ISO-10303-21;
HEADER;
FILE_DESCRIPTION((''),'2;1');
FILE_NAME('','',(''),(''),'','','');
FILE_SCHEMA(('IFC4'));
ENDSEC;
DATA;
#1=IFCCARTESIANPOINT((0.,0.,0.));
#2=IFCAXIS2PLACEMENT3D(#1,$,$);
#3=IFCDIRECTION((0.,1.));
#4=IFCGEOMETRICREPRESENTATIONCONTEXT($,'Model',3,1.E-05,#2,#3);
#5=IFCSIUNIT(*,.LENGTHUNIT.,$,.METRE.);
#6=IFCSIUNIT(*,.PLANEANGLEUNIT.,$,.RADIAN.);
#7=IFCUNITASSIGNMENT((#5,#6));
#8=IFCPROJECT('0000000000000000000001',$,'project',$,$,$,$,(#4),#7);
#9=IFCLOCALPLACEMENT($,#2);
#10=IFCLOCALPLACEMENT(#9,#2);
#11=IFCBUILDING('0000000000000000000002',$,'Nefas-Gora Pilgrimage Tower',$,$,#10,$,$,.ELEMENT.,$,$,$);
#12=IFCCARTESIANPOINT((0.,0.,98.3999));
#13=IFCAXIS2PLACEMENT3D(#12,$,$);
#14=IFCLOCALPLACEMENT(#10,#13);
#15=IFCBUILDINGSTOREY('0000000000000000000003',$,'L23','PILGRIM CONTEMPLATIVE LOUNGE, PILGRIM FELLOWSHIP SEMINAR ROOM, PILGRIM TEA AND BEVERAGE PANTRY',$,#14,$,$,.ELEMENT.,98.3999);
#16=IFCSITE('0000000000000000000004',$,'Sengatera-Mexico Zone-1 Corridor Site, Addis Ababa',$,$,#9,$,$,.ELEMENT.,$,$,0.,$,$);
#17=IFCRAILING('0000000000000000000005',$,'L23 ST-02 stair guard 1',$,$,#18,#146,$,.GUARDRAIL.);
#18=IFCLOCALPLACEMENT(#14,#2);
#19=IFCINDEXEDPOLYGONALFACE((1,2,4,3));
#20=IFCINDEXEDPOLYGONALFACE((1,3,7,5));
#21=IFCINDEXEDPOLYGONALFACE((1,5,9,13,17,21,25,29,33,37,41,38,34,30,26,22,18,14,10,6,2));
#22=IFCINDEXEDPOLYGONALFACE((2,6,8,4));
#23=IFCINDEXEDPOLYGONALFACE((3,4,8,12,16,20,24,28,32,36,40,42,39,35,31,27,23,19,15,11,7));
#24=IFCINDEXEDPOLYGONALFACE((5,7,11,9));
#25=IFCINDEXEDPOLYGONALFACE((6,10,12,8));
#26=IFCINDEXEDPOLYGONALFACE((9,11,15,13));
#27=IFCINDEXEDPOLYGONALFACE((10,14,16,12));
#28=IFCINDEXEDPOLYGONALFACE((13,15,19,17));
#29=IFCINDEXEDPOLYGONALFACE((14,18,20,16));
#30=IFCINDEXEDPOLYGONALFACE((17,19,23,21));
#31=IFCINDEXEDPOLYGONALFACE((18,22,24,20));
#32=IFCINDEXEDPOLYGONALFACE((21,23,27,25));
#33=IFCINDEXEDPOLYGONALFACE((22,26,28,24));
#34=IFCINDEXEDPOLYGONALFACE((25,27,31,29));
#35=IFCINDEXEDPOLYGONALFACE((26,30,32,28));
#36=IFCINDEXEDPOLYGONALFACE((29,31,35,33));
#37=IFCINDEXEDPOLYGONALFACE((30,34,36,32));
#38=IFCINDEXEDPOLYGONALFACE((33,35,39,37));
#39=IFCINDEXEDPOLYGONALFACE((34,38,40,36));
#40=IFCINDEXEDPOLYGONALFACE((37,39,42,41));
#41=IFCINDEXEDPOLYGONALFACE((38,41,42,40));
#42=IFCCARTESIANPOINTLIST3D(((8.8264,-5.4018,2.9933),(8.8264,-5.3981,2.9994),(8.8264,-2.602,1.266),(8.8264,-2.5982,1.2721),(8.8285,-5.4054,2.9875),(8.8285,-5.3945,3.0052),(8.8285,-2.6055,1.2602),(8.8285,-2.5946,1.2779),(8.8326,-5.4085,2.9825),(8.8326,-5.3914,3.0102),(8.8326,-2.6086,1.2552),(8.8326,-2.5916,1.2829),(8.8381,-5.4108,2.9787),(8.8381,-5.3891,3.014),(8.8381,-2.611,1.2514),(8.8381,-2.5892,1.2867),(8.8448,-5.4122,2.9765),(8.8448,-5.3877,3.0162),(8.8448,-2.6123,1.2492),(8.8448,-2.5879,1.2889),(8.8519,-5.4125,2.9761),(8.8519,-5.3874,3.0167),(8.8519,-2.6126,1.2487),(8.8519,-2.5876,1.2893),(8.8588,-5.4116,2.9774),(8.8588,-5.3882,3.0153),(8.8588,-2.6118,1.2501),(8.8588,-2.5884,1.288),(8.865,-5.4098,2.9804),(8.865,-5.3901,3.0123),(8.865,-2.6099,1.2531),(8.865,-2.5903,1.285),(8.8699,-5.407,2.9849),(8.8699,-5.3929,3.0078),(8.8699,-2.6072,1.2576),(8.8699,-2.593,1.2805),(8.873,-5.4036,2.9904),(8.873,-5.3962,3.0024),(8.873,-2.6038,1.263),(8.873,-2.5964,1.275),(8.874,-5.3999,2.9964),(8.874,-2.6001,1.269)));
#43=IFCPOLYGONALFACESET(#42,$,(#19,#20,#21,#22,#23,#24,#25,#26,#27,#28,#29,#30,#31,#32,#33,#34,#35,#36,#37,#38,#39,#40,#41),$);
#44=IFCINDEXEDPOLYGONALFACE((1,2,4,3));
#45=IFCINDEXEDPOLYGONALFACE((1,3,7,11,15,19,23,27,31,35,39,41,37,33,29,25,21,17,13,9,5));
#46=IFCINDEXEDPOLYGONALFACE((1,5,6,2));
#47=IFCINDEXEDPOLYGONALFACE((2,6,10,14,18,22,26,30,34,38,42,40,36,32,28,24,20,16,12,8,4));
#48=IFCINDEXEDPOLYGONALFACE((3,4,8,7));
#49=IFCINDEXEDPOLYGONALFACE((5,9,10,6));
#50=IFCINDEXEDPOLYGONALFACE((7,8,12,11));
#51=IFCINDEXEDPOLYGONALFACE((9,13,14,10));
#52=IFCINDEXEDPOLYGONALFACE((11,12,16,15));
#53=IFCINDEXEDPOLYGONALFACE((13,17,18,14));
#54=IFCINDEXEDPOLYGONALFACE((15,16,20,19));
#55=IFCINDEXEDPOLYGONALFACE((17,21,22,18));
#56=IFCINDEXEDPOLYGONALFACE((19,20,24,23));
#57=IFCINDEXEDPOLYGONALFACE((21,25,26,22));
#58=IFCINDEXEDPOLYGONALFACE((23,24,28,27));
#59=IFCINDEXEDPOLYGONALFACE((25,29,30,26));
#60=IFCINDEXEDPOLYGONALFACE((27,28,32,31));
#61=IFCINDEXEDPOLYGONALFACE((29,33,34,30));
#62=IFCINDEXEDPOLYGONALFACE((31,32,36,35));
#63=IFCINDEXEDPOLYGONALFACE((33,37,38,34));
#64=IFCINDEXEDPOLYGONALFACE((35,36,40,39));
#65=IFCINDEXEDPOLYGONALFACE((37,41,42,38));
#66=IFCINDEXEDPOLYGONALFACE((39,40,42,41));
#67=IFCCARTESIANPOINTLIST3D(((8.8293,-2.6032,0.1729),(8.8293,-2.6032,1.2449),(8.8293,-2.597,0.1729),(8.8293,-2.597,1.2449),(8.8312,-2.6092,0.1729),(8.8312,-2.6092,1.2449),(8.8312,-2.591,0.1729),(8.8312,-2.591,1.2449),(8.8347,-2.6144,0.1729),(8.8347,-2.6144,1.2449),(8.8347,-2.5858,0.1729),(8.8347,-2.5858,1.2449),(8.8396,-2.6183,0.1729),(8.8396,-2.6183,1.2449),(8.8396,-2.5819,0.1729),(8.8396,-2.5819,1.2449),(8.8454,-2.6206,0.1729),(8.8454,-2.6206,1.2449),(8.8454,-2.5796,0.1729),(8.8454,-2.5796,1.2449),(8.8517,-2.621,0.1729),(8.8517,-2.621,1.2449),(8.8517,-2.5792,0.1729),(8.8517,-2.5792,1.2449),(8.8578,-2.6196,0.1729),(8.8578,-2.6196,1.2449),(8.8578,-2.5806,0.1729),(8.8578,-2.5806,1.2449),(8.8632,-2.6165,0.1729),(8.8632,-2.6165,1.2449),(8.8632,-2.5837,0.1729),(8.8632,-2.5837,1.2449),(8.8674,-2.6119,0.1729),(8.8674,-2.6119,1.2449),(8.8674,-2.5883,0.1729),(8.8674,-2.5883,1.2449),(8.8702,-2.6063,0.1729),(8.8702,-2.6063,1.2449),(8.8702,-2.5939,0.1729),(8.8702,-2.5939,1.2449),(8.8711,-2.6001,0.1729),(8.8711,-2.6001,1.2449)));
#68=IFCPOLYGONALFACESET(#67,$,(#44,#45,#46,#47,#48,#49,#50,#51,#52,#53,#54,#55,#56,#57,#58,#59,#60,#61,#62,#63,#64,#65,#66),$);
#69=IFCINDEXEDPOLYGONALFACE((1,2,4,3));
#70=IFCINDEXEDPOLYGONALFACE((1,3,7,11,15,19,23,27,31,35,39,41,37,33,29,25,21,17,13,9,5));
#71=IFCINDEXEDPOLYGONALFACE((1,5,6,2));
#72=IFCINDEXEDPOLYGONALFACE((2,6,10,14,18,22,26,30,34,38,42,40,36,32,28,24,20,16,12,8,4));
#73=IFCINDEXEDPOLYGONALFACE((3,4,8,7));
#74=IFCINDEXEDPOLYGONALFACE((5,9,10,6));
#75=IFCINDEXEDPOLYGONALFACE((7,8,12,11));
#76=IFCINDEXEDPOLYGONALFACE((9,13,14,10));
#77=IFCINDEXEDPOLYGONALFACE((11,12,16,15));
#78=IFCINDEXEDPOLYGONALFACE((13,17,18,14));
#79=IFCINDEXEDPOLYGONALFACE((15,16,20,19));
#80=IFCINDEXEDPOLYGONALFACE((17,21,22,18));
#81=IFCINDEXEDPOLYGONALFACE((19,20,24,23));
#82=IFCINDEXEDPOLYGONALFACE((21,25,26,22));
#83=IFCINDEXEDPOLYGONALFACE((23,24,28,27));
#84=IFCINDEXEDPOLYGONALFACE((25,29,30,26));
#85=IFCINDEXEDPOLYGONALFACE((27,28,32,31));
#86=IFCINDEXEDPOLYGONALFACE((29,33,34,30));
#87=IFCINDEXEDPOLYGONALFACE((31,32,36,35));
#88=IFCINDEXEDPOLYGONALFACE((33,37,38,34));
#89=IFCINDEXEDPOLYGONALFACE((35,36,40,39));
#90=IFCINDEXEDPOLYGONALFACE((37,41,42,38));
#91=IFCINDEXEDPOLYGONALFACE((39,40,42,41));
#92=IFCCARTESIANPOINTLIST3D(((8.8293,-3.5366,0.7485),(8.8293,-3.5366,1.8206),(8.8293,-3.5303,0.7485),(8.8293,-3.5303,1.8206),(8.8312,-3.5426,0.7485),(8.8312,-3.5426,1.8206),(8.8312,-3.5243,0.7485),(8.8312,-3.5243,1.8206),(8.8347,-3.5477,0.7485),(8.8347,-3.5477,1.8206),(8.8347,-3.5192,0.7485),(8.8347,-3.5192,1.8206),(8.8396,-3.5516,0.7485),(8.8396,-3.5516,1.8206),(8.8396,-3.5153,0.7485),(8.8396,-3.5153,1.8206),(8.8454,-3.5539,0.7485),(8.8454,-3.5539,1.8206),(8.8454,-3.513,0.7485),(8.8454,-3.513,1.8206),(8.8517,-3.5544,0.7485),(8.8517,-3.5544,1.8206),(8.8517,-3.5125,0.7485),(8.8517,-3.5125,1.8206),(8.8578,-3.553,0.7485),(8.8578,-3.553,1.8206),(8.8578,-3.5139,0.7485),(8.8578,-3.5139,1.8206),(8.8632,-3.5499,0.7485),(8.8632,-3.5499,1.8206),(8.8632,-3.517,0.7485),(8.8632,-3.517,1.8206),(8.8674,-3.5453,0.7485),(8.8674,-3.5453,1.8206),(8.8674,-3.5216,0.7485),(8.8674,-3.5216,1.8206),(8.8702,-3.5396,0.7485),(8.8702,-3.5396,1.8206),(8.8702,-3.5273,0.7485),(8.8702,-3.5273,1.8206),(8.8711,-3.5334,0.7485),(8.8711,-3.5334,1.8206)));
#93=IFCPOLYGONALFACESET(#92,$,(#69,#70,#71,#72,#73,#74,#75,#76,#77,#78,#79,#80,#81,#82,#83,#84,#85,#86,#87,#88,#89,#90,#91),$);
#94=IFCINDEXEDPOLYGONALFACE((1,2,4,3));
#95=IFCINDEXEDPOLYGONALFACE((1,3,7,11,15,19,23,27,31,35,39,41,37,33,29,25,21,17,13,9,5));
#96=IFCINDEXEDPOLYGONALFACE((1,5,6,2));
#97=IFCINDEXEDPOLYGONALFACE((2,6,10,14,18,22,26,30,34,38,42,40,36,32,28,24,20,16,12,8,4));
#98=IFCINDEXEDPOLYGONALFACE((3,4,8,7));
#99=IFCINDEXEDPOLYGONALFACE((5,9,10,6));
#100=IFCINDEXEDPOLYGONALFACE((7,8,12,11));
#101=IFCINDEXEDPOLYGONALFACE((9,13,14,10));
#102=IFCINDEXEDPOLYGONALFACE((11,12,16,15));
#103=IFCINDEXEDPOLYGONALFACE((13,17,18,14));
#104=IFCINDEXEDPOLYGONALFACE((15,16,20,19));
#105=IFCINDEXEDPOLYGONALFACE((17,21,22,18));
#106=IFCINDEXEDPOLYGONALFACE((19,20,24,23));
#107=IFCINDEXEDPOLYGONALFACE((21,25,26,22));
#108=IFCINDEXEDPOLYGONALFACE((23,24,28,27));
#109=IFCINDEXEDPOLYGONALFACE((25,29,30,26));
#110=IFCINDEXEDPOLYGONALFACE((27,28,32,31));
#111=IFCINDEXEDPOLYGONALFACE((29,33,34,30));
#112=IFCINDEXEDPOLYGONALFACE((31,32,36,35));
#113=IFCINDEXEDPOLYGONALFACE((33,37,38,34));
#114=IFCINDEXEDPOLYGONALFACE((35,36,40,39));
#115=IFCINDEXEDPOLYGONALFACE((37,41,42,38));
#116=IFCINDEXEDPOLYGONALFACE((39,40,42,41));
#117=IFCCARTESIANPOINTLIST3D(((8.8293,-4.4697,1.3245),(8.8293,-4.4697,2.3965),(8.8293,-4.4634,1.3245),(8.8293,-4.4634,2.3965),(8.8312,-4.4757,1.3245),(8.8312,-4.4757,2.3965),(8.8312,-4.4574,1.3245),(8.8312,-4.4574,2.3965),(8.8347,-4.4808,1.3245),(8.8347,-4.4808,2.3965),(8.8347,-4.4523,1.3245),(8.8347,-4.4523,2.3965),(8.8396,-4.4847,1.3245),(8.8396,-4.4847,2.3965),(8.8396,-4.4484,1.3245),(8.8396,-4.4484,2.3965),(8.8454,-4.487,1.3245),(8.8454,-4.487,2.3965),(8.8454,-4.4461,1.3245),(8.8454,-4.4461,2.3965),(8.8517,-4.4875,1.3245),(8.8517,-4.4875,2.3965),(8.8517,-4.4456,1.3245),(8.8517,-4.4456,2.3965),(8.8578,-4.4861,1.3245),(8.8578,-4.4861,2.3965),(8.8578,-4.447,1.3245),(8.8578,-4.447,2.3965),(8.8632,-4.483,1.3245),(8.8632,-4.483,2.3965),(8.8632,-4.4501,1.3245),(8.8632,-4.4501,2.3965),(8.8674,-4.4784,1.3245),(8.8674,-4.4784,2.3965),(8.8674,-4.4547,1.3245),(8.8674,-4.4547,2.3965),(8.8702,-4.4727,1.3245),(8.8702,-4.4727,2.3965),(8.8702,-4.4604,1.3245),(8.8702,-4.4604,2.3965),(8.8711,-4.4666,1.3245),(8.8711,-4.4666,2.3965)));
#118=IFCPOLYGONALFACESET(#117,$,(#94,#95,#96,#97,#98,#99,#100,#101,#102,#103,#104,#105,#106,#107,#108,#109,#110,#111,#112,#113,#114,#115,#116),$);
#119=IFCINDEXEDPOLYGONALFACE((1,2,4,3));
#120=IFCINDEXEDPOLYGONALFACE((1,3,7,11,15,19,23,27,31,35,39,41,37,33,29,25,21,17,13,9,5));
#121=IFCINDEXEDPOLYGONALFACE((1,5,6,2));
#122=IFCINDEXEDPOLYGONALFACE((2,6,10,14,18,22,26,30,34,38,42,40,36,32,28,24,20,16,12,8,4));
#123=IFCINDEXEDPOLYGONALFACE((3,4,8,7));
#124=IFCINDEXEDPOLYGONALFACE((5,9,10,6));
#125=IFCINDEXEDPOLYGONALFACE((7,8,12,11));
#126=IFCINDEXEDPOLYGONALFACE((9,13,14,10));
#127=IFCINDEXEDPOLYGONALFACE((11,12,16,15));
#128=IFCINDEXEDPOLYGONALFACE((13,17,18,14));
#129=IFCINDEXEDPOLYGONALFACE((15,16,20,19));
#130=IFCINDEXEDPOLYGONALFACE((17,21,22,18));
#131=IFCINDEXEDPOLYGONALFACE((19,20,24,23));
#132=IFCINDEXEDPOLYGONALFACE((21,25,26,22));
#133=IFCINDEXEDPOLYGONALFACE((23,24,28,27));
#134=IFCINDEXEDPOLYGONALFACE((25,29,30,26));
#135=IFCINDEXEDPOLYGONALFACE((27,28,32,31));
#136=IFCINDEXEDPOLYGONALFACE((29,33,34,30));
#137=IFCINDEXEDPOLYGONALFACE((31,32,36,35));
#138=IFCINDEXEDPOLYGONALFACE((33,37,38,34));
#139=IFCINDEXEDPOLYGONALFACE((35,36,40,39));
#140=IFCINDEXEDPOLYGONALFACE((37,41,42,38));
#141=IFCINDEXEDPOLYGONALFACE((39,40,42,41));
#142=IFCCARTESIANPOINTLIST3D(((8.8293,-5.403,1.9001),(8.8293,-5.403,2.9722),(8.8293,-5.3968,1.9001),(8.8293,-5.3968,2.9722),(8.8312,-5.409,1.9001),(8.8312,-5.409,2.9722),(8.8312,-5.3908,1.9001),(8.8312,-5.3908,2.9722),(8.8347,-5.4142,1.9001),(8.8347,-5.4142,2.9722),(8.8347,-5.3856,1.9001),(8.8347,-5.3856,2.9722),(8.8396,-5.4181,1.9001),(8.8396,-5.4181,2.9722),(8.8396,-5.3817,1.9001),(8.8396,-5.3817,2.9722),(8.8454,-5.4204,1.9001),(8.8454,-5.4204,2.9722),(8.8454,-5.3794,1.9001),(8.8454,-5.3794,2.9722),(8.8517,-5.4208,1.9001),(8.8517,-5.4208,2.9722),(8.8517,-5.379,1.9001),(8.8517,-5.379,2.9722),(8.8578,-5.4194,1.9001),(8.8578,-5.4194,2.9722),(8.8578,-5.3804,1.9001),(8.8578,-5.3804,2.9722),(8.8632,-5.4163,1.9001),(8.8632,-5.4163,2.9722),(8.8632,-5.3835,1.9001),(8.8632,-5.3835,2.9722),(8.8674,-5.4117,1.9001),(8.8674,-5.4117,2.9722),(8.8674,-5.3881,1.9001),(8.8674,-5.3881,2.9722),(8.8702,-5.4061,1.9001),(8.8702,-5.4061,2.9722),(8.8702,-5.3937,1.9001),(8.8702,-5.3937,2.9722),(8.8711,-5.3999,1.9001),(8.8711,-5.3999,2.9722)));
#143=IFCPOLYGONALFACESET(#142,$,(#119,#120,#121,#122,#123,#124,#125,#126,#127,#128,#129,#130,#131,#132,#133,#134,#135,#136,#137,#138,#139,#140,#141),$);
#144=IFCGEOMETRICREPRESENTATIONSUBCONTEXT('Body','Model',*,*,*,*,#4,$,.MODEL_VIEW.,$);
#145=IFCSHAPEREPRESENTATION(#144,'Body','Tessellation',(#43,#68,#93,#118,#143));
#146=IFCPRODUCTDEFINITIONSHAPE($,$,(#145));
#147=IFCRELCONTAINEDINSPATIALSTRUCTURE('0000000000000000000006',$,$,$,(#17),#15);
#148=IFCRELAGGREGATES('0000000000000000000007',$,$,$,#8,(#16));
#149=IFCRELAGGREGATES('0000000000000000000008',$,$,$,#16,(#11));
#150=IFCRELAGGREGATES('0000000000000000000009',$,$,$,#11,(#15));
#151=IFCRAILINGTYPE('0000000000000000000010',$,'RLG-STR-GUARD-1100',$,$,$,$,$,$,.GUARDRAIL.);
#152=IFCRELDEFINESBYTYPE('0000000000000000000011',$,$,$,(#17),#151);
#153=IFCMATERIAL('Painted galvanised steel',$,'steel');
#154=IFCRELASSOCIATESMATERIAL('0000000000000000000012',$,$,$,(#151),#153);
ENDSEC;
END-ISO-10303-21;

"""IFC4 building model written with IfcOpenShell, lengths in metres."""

from ifc_helpers import new_model, si_unit, direction, frame, origin, origin_2d, place, context, subcontext, project, spatial, circle, extrude, material, type_object, element, save


model = new_model("IFC4")

# Units and contexts
model_context = context("Model", 3, precision=1e-05, world=origin(), true_north=direction((0.0, 1.0)))
body_context = subcontext(model_context, "Body", "Model", "MODEL_VIEW")
ifc_project = project(units=[si_unit("LENGTHUNIT", "METRE"), si_unit("PLANEANGLEUNIT", "RADIAN")], contexts=[model_context])

# Site, building, storey
site_placement = place(None, origin())
site = spatial("IfcSite", under=ifc_project, at=site_placement, Name="Sengatera-Mexico Zone-1 Corridor Site, Addis Ababa", CompositionType="ELEMENT", RefElevation=0.0)
building_placement = place(site_placement, origin())
building = spatial("IfcBuilding", under=site, at=building_placement, Name="Nefas-Gora Pilgrimage Tower", CompositionType="ELEMENT")
storey_placement = place(building_placement, frame((0.0, 0.0, 98.3999)))
storey = spatial("IfcBuildingStorey", under=building, at=storey_placement, Name="L23", Description="PILGRIM CONTEMPLATIVE LOUNGE, PILGRIM FELLOWSHIP SEMINAR ROOM, PILGRIM TEA AND BEVERAGE PANTRY", CompositionType="ELEMENT", Elevation=98.3999)

# Railing
ifc_material_1 = material(Name="Painted galvanised steel", Category="steel")
railing_type_1 = type_object("IfcRailingType", Name="RLG-STR-GUARD-1100", PredefinedType="GUARDRAIL", material=ifc_material_1)
railing_1_placement = place(storey_placement, frame((8.8501, -2.6001, 0.1729)))
element("IfcRailing", 1, at=railing_1_placement, inside=storey, type_object=railing_type_1, Name="L23 ST-02 stair guard 1", PredefinedType="GUARDRAIL", context=body_context, shape_type="SweptSolid", body=[
    extrude(circle(Radius=0.0239, at=origin_2d()), frame((0.0, 0.0, 1.0962), z_axis=(0.0, -0.851069, 0.525054), x_axis=(1.0, 0.0, 0.0)), (0.0, 0.0, 1.0), 3.2898),
    extrude(circle(Radius=0.021, at=origin_2d()), origin(), (0.0, 0.0, 1.0), 1.072),
    extrude(circle(Radius=0.021, at=origin_2d()), frame((0.0, -0.9333, 0.5757)), (0.0, 0.0, 1.0), 1.072),
    extrude(circle(Radius=0.021, at=origin_2d()), frame((0.0, -1.8665, 1.1516)), (0.0, 0.0, 1.0), 1.072),
    extrude(circle(Radius=0.021, at=origin_2d()), frame((0.0, -2.7998, 1.7273)), (0.0, 0.0, 1.0), 1.072),
])

save(model, "model.ifc")
